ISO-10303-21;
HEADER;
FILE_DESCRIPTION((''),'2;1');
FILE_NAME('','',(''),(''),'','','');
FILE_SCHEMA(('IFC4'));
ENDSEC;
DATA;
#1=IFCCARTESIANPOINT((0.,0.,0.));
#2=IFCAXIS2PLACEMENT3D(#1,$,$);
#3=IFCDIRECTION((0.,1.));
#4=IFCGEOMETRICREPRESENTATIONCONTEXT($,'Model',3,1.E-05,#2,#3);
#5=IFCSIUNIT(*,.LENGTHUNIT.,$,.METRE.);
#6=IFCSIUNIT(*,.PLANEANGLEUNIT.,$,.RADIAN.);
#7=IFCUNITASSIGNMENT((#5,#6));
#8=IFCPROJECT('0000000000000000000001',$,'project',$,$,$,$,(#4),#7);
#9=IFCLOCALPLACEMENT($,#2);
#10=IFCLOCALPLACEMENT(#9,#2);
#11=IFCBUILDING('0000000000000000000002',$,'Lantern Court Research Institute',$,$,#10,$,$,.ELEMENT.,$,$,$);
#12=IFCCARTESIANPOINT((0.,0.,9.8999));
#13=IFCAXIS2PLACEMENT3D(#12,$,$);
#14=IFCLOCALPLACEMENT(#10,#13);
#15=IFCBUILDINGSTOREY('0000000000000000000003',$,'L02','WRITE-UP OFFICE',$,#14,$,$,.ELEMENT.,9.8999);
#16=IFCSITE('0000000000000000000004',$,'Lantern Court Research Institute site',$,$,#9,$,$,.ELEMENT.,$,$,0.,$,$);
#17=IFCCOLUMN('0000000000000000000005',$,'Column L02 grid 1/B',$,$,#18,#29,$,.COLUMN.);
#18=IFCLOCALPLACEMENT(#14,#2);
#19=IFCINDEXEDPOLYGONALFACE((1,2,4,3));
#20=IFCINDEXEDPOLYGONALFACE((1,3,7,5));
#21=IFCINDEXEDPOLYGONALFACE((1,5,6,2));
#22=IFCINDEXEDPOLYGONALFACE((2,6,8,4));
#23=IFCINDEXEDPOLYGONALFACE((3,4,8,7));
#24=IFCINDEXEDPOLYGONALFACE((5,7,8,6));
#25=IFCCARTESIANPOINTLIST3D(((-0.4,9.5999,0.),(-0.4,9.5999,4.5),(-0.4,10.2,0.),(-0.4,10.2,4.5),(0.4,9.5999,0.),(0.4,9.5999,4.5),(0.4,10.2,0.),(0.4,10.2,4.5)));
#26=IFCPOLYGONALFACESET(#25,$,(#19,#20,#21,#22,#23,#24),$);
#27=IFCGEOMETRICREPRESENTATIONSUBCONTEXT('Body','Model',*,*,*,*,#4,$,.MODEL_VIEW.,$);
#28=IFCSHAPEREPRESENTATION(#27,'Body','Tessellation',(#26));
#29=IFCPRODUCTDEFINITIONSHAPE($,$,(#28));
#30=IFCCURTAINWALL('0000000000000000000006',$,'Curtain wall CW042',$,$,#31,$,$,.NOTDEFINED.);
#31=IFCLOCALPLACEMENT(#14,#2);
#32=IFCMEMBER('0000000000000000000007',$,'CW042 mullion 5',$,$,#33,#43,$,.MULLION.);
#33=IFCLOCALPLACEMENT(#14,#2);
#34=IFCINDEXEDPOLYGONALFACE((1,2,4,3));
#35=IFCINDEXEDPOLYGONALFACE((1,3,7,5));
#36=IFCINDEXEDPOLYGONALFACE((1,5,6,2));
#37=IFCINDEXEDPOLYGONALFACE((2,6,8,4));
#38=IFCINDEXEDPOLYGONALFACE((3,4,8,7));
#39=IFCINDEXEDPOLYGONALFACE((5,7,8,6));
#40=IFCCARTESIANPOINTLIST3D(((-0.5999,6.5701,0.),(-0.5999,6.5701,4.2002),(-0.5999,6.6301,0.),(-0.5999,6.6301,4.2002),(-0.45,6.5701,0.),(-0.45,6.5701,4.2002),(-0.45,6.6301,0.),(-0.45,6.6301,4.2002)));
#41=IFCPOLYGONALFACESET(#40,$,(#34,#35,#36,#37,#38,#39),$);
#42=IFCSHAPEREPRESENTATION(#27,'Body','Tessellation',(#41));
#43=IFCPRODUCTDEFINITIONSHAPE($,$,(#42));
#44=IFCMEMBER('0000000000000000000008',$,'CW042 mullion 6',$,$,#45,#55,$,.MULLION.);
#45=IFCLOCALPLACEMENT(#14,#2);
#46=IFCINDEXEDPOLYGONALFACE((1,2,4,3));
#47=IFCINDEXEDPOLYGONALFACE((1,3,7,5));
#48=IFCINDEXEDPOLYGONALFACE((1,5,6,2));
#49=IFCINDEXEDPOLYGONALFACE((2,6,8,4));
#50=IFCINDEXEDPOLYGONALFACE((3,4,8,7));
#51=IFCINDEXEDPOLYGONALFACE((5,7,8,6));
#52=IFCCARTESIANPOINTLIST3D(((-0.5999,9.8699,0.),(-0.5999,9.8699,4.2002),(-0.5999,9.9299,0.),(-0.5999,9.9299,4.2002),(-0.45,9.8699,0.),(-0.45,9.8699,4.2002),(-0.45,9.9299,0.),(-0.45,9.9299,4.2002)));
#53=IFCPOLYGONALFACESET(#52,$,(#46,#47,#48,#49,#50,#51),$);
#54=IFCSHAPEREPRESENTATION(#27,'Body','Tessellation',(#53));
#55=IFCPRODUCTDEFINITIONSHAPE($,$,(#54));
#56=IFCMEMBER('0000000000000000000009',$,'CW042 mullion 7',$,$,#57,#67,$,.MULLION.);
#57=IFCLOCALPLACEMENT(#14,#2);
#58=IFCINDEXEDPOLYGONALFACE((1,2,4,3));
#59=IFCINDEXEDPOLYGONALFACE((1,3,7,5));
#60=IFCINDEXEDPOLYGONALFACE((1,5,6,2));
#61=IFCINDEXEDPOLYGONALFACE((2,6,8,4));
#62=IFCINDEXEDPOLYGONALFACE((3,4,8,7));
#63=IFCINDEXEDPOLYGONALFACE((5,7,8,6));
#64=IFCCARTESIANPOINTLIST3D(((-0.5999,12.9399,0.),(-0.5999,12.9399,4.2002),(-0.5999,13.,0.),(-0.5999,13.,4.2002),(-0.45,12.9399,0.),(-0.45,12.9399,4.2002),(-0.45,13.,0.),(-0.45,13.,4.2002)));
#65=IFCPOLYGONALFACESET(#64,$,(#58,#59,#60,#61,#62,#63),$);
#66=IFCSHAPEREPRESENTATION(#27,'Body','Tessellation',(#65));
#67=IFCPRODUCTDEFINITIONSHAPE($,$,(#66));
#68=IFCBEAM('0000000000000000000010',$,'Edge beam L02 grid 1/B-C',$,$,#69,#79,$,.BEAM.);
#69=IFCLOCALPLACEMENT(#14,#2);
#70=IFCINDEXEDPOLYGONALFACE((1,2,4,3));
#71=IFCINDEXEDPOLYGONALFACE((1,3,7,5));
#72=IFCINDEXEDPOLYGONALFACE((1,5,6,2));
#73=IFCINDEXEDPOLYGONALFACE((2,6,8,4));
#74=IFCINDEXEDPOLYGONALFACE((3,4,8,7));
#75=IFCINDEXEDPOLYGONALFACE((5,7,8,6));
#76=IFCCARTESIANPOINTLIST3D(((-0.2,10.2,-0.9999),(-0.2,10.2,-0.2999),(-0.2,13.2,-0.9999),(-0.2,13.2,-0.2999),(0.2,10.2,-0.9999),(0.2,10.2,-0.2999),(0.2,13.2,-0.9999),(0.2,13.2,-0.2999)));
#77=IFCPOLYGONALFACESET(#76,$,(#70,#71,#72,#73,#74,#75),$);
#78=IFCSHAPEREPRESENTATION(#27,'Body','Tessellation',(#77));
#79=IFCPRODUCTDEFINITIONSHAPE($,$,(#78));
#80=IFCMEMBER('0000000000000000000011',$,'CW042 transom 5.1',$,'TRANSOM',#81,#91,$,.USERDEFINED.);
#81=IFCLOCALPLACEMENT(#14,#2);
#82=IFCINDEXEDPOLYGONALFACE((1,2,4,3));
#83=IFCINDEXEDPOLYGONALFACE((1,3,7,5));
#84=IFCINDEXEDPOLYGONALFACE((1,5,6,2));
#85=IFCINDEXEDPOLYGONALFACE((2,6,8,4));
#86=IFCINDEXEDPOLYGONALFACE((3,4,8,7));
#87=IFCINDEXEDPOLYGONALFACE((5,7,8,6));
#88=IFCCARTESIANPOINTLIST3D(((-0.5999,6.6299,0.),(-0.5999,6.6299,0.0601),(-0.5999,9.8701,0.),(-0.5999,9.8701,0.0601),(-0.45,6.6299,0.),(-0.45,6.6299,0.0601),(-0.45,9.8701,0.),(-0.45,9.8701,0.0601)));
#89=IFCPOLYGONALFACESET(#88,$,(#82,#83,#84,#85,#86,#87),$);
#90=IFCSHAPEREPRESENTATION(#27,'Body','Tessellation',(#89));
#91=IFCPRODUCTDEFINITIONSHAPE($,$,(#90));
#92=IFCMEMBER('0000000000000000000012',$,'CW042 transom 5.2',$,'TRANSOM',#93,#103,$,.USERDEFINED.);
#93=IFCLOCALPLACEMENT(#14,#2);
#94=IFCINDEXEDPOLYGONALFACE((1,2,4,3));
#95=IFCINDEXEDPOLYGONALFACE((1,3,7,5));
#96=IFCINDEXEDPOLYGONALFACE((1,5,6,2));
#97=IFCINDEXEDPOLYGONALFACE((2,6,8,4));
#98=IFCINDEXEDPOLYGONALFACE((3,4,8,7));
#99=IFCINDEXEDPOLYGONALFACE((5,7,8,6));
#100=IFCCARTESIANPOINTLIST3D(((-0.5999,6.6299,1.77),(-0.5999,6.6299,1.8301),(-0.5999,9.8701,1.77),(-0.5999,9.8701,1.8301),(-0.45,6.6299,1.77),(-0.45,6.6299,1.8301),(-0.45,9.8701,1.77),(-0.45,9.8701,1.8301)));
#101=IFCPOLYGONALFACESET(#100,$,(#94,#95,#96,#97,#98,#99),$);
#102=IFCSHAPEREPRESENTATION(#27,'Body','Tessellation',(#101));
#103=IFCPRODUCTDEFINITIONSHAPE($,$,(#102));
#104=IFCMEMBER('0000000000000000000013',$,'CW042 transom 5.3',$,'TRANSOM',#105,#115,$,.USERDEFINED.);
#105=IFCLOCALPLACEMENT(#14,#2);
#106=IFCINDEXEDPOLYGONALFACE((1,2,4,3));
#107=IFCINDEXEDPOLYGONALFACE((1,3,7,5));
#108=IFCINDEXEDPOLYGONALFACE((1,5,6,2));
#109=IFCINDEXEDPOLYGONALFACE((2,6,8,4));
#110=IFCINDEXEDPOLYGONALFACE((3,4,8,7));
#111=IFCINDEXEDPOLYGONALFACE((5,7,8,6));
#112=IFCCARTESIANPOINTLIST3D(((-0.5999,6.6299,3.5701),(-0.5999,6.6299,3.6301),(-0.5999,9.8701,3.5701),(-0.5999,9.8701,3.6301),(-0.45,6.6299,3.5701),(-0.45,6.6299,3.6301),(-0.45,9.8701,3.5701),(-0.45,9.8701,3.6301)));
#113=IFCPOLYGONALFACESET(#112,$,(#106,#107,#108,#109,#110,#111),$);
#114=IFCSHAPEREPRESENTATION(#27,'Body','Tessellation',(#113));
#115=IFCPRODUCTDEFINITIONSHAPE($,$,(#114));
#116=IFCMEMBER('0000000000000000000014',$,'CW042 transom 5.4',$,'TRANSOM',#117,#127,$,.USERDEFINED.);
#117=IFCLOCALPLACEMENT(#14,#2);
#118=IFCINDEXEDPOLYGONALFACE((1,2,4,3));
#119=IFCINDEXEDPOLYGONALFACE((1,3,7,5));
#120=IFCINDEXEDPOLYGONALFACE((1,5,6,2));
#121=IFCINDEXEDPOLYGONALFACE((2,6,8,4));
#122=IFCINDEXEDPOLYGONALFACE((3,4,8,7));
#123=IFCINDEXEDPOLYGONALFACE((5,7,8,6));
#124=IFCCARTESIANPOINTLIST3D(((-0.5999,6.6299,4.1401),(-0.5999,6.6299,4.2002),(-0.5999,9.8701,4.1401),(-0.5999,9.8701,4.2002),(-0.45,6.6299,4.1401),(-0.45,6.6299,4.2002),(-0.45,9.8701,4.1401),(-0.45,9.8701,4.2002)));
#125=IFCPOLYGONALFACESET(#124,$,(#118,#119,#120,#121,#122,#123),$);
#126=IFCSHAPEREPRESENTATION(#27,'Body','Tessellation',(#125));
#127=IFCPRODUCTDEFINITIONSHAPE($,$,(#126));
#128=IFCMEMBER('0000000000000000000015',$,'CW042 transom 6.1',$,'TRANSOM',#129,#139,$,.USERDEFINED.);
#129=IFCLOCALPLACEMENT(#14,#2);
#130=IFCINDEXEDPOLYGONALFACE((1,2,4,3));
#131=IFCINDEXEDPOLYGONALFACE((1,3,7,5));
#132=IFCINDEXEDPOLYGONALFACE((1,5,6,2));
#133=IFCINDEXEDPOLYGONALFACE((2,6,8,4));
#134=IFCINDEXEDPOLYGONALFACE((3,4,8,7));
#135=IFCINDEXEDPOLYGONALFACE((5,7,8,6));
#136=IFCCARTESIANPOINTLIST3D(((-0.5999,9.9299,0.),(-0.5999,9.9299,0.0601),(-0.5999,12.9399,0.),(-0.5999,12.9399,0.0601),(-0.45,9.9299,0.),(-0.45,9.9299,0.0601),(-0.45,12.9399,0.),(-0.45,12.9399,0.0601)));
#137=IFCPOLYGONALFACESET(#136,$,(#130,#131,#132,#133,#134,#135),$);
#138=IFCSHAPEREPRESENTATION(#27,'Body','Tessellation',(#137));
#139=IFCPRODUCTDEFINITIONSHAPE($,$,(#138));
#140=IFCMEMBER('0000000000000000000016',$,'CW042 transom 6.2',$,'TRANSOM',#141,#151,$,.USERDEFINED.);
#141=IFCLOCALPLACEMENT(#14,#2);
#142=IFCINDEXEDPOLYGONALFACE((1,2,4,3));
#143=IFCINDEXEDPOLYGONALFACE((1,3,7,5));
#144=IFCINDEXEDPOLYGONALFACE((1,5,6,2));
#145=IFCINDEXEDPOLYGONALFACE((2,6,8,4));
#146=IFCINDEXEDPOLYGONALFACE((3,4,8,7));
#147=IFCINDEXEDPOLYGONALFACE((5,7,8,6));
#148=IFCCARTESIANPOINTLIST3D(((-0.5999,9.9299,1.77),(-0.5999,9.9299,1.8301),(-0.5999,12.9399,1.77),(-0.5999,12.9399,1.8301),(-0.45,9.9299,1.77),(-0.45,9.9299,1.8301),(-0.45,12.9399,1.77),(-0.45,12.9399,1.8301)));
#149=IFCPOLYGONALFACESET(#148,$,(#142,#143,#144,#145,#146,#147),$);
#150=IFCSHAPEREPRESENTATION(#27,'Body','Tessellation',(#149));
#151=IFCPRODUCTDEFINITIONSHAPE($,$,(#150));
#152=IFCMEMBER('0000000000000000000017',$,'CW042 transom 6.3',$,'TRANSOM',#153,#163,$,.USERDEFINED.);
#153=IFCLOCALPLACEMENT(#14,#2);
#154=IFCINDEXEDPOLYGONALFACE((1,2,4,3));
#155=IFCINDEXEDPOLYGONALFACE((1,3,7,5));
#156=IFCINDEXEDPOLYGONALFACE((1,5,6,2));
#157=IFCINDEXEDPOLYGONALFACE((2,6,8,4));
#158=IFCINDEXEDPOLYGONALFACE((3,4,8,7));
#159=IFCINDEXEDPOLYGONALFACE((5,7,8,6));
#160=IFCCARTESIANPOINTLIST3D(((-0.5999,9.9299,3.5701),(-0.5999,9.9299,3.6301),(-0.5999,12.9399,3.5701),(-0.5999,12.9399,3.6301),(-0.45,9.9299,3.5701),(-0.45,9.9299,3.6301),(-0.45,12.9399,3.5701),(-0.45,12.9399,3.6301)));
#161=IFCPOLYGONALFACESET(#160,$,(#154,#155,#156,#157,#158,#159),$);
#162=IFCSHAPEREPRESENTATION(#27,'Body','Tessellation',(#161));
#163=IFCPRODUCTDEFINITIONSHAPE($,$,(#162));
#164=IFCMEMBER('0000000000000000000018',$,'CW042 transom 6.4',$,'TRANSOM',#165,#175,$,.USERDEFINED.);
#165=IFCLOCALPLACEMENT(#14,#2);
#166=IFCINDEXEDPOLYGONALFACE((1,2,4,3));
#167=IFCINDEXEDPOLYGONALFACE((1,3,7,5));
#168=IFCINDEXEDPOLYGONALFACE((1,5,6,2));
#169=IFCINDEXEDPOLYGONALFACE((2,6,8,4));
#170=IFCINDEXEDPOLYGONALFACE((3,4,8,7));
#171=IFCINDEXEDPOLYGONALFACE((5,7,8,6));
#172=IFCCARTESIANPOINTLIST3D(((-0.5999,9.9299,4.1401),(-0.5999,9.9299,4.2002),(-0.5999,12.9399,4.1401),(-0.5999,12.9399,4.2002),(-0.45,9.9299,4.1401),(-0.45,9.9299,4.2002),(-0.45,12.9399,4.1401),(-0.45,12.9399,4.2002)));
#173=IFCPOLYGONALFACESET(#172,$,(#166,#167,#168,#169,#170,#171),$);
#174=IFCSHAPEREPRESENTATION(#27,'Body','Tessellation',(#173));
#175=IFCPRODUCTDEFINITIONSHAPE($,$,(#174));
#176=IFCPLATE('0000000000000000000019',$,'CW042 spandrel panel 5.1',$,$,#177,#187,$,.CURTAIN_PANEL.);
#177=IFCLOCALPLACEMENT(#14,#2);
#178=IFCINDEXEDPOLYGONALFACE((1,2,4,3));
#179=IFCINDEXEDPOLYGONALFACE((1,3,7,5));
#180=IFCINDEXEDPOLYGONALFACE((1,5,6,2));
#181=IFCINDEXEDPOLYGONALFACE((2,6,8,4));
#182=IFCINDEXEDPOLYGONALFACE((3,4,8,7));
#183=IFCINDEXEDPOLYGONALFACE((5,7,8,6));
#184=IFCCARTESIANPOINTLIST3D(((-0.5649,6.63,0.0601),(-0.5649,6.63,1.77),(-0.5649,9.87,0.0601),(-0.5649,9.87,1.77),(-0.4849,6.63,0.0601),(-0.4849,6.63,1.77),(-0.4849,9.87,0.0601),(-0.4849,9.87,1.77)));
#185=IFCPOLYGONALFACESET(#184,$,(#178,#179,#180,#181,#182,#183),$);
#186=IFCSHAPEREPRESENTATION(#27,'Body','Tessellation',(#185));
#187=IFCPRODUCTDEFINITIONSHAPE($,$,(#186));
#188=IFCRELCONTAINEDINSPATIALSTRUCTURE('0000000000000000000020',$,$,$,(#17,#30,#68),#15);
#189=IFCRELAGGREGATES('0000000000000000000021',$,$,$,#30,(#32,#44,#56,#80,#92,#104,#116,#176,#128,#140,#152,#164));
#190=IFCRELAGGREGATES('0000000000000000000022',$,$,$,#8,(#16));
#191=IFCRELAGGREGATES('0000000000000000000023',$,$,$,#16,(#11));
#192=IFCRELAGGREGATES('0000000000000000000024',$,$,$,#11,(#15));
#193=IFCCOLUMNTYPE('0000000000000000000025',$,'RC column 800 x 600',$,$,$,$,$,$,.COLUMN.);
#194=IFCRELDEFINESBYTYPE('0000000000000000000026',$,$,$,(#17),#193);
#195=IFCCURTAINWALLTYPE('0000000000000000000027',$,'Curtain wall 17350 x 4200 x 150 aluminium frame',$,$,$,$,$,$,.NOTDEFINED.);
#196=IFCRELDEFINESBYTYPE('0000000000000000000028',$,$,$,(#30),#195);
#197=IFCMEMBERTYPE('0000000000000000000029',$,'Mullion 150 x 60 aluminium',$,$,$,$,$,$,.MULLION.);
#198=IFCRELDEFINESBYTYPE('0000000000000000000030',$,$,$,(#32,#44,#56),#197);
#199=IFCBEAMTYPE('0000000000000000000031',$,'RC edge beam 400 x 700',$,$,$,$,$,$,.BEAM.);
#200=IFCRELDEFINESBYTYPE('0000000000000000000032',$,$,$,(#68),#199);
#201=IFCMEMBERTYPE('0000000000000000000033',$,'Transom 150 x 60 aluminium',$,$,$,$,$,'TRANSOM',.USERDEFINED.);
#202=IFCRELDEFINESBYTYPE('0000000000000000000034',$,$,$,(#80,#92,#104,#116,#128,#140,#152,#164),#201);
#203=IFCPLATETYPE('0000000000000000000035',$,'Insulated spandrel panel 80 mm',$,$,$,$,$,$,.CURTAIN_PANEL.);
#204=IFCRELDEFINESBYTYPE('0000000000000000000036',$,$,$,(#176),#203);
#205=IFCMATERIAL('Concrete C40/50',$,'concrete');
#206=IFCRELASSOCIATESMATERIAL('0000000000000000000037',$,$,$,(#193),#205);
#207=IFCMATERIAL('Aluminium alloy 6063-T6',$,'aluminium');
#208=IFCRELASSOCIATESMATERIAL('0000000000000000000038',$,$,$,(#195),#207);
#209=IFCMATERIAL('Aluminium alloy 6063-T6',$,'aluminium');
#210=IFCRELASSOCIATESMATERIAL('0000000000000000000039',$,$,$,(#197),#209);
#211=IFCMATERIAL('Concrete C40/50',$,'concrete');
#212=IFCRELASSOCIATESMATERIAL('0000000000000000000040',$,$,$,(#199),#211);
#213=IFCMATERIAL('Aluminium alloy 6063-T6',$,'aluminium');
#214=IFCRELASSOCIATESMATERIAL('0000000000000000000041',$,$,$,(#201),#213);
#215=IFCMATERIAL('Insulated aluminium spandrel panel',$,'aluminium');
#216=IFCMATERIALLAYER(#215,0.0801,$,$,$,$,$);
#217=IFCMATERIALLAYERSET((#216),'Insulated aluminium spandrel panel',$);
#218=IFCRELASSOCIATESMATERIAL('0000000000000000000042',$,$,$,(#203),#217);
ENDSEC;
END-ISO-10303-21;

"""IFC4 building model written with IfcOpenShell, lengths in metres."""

from ifc_helpers import new_model, si_unit, direction, frame, origin, origin_2d, place, context, subcontext, project, spatial, rectangle, extrude, material, layer, layer_set, material_profile, profile_set, type_object, element, aggregate, save


model = new_model("IFC4")

# Units and contexts
model_context = context("Model", 3, precision=1e-05, world=origin(), true_north=direction((0.0, 1.0)))
body_context = subcontext(model_context, "Body", "Model", "MODEL_VIEW")
ifc_project = project(units=[si_unit("LENGTHUNIT", "METRE"), si_unit("PLANEANGLEUNIT", "RADIAN")], contexts=[model_context])

# Site, building, storey
site_placement = place(None, origin())
site = spatial("IfcSite", under=ifc_project, at=site_placement, Name="Lantern Court Research Institute site", CompositionType="ELEMENT", RefElevation=0.0)
building_placement = place(site_placement, origin())
building = spatial("IfcBuilding", under=site, at=building_placement, Name="Lantern Court Research Institute", CompositionType="ELEMENT")
storey_placement = place(building_placement, frame((0.0, 0.0, 9.8999)))
storey = spatial("IfcBuildingStorey", under=building, at=storey_placement, Name="L02", Description="WRITE-UP OFFICE", CompositionType="ELEMENT", Elevation=9.8999)

# Column
ifc_material_1 = material(Name="Concrete C40/50", Category="concrete")
ifc_material_profile_1 = material_profile(ifc_material_1, rectangle(XDim=0.8, YDim=0.6001, at=origin_2d()), Name="RC column 800 x 600")
ifc_profile_set_1 = profile_set([ifc_material_profile_1], Name="Concrete C40/50")
column_type = type_object("IfcColumnType", Name="RC column 800 x 600", PredefinedType="COLUMN", material=ifc_profile_set_1)
column_placement = place(storey_placement, frame((0.0, 9.8999, 0.0), z_axis=(0.0, 0.0, 1.0), x_axis=(1.0, 0.0, 0.0)))
element("IfcColumn", 1, at=column_placement, inside=storey, type_object=column_type, Name="Column L02 grid 1/B", PredefinedType="COLUMN", context=body_context, shape_type="SweptSolid", body=[
    extrude(rectangle(XDim=0.8, YDim=0.6001, at=origin_2d()), origin(), (0.0, 0.0, 1.0), 4.5),
])

# Curtain wall, members
ifc_material_2 = material(Name="Aluminium alloy 6063-T6", Category="aluminium")
curtain_wall_type = type_object("IfcCurtainWallType", Name="Curtain wall 17350 x 4200 x 150 aluminium frame", PredefinedType="NOTDEFINED", material=ifc_material_2)
curtain_wall_placement = place(storey_placement, origin())
curtain_wall = element("IfcCurtainWall", 2, at=curtain_wall_placement, inside=storey, type_object=curtain_wall_type, Name="Curtain wall CW042", PredefinedType="NOTDEFINED")
ifc_material_3 = material(Name="Aluminium alloy 6063-T6", Category="aluminium")
ifc_material_profile_2 = material_profile(ifc_material_3, rectangle(XDim=0.1499, YDim=0.0601, at=origin_2d()), Name="Mullion 150 x 60")
ifc_profile_set_2 = profile_set([ifc_material_profile_2], Name="Aluminium alloy 6063-T6")
member_type_1 = type_object("IfcMemberType", Name="Mullion 150 x 60 aluminium", PredefinedType="MULLION", material=ifc_profile_set_2)
member_1_placement = place(storey_placement, frame((-0.5249, 6.6001, 0.0), z_axis=(0.0, 0.0, 1.0), x_axis=(-1.0, 0.0, 0.0)))
member_1 = element("IfcMember", 3, at=member_1_placement, type_object=member_type_1, Name="CW042 mullion 5", PredefinedType="MULLION", context=body_context, shape_type="SweptSolid", body=[
    extrude(rectangle(XDim=0.1499, YDim=0.0601, at=origin_2d()), origin(), (0.0, 0.0, 1.0), 4.2002),
])
member_2_placement = place(storey_placement, frame((-0.5249, 9.8999, 0.0), z_axis=(0.0, 0.0, 1.0), x_axis=(-1.0, 0.0, 0.0)))
member_2 = element("IfcMember", 4, at=member_2_placement, type_object=member_type_1, Name="CW042 mullion 6", PredefinedType="MULLION", context=body_context, shape_type="SweptSolid", body=[
    extrude(rectangle(XDim=0.1499, YDim=0.0601, at=origin_2d()), origin(), (0.0, 0.0, 1.0), 4.2002),
])
member_3_placement = place(storey_placement, frame((-0.5249, 12.97, 0.0), z_axis=(0.0, 0.0, 1.0), x_axis=(-1.0, 0.0, 0.0)))
member_3 = element("IfcMember", 5, at=member_3_placement, type_object=member_type_1, Name="CW042 mullion 7", PredefinedType="MULLION", context=body_context, shape_type="SweptSolid", body=[
    extrude(rectangle(XDim=0.1499, YDim=0.0601, at=origin_2d()), origin(), (0.0, 0.0, 1.0), 4.2002),
])

# Beam
ifc_material_4 = material(Name="Concrete C40/50", Category="concrete")
ifc_material_profile_3 = material_profile(ifc_material_4, rectangle(XDim=0.3999, YDim=0.7, at=origin_2d()), Name="RC beam 400 x 700")
ifc_profile_set_3 = profile_set([ifc_material_profile_3], Name="Concrete C40/50")
beam_type = type_object("IfcBeamType", Name="RC edge beam 400 x 700", PredefinedType="BEAM", material=ifc_profile_set_3)
beam_placement = place(storey_placement, frame((0.0, 10.2, -0.6499), z_axis=(0.0, 1.0, 0.0), x_axis=(-1.0, 0.0, 0.0)))
element("IfcBeam", 6, at=beam_placement, inside=storey, type_object=beam_type, Name="Edge beam L02 grid 1/B-C", PredefinedType="BEAM", context=body_context, shape_type="SweptSolid", body=[
    extrude(rectangle(XDim=0.3999, YDim=0.7, at=origin_2d()), origin(), (0.0, 0.0, 1.0), 3.0),
])

# Members
ifc_material_5 = material(Name="Aluminium alloy 6063-T6", Category="aluminium")
ifc_material_profile_4 = material_profile(ifc_material_5, rectangle(XDim=0.1499, YDim=0.0601, at=origin_2d()), Name="Transom 150 x 60")
ifc_profile_set_4 = profile_set([ifc_material_profile_4], Name="Aluminium alloy 6063-T6")
member_type_2 = type_object("IfcMemberType", Name="Transom 150 x 60 aluminium", ElementType="TRANSOM", PredefinedType="USERDEFINED", material=ifc_profile_set_4)
member_4_placement = place(storey_placement, frame((-0.5249, 6.6299, 0.03), z_axis=(0.0, 1.0, 0.0), x_axis=(-1.0, 0.0, 0.0)))
member_4 = element("IfcMember", 7, at=member_4_placement, type_object=member_type_2, Name="CW042 transom 5.1", ObjectType="TRANSOM", PredefinedType="USERDEFINED", context=body_context, shape_type="SweptSolid", body=[
    extrude(rectangle(XDim=0.1499, YDim=0.0601, at=origin_2d()), origin(), (0.0, 0.0, 1.0), 3.2402),
])
member_5_placement = place(storey_placement, frame((-0.5249, 6.6299, 1.8), z_axis=(0.0, 1.0, 0.0), x_axis=(-1.0, 0.0, 0.0)))
member_5 = element("IfcMember", 8, at=member_5_placement, type_object=member_type_2, Name="CW042 transom 5.2", ObjectType="TRANSOM", PredefinedType="USERDEFINED", context=body_context, shape_type="SweptSolid", body=[
    extrude(rectangle(XDim=0.1499, YDim=0.0601, at=origin_2d()), origin(), (0.0, 0.0, 1.0), 3.2402),
])
member_6_placement = place(storey_placement, frame((-0.5249, 6.6299, 3.6001), z_axis=(0.0, 1.0, 0.0), x_axis=(-1.0, 0.0, 0.0)))
member_6 = element("IfcMember", 9, at=member_6_placement, type_object=member_type_2, Name="CW042 transom 5.3", ObjectType="TRANSOM", PredefinedType="USERDEFINED", context=body_context, shape_type="SweptSolid", body=[
    extrude(rectangle(XDim=0.1499, YDim=0.0601, at=origin_2d()), origin(), (0.0, 0.0, 1.0), 3.2402),
])
member_7_placement = place(storey_placement, frame((-0.5249, 6.6299, 4.1702), z_axis=(0.0, 1.0, 0.0), x_axis=(-1.0, 0.0, 0.0)))
member_7 = element("IfcMember", 10, at=member_7_placement, type_object=member_type_2, Name="CW042 transom 5.4", ObjectType="TRANSOM", PredefinedType="USERDEFINED", context=body_context, shape_type="SweptSolid", body=[
    extrude(rectangle(XDim=0.1499, YDim=0.0601, at=origin_2d()), origin(), (0.0, 0.0, 1.0), 3.2402),
])
member_8_placement = place(storey_placement, frame((-0.5249, 9.9299, 0.03), z_axis=(0.0, 1.0, 0.0), x_axis=(-1.0, 0.0, 0.0)))
member_8 = element("IfcMember", 11, at=member_8_placement, type_object=member_type_2, Name="CW042 transom 6.1", ObjectType="TRANSOM", PredefinedType="USERDEFINED", context=body_context, shape_type="SweptSolid", body=[
    extrude(rectangle(XDim=0.1499, YDim=0.0601, at=origin_2d()), origin(), (0.0, 0.0, 1.0), 3.01),
])
member_9_placement = place(storey_placement, frame((-0.5249, 9.9299, 1.8), z_axis=(0.0, 1.0, 0.0), x_axis=(-1.0, 0.0, 0.0)))
member_9 = element("IfcMember", 12, at=member_9_placement, type_object=member_type_2, Name="CW042 transom 6.2", ObjectType="TRANSOM", PredefinedType="USERDEFINED", context=body_context, shape_type="SweptSolid", body=[
    extrude(rectangle(XDim=0.1499, YDim=0.0601, at=origin_2d()), origin(), (0.0, 0.0, 1.0), 3.01),
])
member_10_placement = place(storey_placement, frame((-0.5249, 9.9299, 3.6001), z_axis=(0.0, 1.0, 0.0), x_axis=(-1.0, 0.0, 0.0)))
member_10 = element("IfcMember", 13, at=member_10_placement, type_object=member_type_2, Name="CW042 transom 6.3", ObjectType="TRANSOM", PredefinedType="USERDEFINED", context=body_context, shape_type="SweptSolid", body=[
    extrude(rectangle(XDim=0.1499, YDim=0.0601, at=origin_2d()), origin(), (0.0, 0.0, 1.0), 3.01),
])
member_11_placement = place(storey_placement, frame((-0.5249, 9.9299, 4.1702), z_axis=(0.0, 1.0, 0.0), x_axis=(-1.0, 0.0, 0.0)))
member_11 = element("IfcMember", 14, at=member_11_placement, type_object=member_type_2, Name="CW042 transom 6.4", ObjectType="TRANSOM", PredefinedType="USERDEFINED", context=body_context, shape_type="SweptSolid", body=[
    extrude(rectangle(XDim=0.1499, YDim=0.0601, at=origin_2d()), origin(), (0.0, 0.0, 1.0), 3.01),
])

# Plate
ifc_material_6 = material(Name="Insulated aluminium spandrel panel", Category="aluminium")
ifc_layer_1 = layer(ifc_material_6, 0.0801)
ifc_layer_set_1 = layer_set([ifc_layer_1], Name="Insulated aluminium spandrel panel")
plate_type_1 = type_object("IfcPlateType", Name="Insulated spandrel panel 80 mm", PredefinedType="CURTAIN_PANEL", material=ifc_layer_set_1)
plate_1_placement = place(storey_placement, frame((-0.5249, 8.25, 0.0601), z_axis=(0.0, 0.0, 1.0), x_axis=(0.0, 1.0, 0.0)))
plate_1 = element("IfcPlate", 15, at=plate_1_placement, type_object=plate_type_1, Name="CW042 spandrel panel 5.1", PredefinedType="CURTAIN_PANEL", context=body_context, shape_type="SweptSolid", body=[
    extrude(rectangle(XDim=3.24, YDim=0.0801, at=origin_2d()), origin(), (0.0, 0.0, 1.0), 1.71),
])
aggregate(curtain_wall, [member_1, member_2, member_3, member_4, member_5, member_6, member_7, plate_1, member_8, member_9, member_10, member_11])

save(model, "model.ifc")
